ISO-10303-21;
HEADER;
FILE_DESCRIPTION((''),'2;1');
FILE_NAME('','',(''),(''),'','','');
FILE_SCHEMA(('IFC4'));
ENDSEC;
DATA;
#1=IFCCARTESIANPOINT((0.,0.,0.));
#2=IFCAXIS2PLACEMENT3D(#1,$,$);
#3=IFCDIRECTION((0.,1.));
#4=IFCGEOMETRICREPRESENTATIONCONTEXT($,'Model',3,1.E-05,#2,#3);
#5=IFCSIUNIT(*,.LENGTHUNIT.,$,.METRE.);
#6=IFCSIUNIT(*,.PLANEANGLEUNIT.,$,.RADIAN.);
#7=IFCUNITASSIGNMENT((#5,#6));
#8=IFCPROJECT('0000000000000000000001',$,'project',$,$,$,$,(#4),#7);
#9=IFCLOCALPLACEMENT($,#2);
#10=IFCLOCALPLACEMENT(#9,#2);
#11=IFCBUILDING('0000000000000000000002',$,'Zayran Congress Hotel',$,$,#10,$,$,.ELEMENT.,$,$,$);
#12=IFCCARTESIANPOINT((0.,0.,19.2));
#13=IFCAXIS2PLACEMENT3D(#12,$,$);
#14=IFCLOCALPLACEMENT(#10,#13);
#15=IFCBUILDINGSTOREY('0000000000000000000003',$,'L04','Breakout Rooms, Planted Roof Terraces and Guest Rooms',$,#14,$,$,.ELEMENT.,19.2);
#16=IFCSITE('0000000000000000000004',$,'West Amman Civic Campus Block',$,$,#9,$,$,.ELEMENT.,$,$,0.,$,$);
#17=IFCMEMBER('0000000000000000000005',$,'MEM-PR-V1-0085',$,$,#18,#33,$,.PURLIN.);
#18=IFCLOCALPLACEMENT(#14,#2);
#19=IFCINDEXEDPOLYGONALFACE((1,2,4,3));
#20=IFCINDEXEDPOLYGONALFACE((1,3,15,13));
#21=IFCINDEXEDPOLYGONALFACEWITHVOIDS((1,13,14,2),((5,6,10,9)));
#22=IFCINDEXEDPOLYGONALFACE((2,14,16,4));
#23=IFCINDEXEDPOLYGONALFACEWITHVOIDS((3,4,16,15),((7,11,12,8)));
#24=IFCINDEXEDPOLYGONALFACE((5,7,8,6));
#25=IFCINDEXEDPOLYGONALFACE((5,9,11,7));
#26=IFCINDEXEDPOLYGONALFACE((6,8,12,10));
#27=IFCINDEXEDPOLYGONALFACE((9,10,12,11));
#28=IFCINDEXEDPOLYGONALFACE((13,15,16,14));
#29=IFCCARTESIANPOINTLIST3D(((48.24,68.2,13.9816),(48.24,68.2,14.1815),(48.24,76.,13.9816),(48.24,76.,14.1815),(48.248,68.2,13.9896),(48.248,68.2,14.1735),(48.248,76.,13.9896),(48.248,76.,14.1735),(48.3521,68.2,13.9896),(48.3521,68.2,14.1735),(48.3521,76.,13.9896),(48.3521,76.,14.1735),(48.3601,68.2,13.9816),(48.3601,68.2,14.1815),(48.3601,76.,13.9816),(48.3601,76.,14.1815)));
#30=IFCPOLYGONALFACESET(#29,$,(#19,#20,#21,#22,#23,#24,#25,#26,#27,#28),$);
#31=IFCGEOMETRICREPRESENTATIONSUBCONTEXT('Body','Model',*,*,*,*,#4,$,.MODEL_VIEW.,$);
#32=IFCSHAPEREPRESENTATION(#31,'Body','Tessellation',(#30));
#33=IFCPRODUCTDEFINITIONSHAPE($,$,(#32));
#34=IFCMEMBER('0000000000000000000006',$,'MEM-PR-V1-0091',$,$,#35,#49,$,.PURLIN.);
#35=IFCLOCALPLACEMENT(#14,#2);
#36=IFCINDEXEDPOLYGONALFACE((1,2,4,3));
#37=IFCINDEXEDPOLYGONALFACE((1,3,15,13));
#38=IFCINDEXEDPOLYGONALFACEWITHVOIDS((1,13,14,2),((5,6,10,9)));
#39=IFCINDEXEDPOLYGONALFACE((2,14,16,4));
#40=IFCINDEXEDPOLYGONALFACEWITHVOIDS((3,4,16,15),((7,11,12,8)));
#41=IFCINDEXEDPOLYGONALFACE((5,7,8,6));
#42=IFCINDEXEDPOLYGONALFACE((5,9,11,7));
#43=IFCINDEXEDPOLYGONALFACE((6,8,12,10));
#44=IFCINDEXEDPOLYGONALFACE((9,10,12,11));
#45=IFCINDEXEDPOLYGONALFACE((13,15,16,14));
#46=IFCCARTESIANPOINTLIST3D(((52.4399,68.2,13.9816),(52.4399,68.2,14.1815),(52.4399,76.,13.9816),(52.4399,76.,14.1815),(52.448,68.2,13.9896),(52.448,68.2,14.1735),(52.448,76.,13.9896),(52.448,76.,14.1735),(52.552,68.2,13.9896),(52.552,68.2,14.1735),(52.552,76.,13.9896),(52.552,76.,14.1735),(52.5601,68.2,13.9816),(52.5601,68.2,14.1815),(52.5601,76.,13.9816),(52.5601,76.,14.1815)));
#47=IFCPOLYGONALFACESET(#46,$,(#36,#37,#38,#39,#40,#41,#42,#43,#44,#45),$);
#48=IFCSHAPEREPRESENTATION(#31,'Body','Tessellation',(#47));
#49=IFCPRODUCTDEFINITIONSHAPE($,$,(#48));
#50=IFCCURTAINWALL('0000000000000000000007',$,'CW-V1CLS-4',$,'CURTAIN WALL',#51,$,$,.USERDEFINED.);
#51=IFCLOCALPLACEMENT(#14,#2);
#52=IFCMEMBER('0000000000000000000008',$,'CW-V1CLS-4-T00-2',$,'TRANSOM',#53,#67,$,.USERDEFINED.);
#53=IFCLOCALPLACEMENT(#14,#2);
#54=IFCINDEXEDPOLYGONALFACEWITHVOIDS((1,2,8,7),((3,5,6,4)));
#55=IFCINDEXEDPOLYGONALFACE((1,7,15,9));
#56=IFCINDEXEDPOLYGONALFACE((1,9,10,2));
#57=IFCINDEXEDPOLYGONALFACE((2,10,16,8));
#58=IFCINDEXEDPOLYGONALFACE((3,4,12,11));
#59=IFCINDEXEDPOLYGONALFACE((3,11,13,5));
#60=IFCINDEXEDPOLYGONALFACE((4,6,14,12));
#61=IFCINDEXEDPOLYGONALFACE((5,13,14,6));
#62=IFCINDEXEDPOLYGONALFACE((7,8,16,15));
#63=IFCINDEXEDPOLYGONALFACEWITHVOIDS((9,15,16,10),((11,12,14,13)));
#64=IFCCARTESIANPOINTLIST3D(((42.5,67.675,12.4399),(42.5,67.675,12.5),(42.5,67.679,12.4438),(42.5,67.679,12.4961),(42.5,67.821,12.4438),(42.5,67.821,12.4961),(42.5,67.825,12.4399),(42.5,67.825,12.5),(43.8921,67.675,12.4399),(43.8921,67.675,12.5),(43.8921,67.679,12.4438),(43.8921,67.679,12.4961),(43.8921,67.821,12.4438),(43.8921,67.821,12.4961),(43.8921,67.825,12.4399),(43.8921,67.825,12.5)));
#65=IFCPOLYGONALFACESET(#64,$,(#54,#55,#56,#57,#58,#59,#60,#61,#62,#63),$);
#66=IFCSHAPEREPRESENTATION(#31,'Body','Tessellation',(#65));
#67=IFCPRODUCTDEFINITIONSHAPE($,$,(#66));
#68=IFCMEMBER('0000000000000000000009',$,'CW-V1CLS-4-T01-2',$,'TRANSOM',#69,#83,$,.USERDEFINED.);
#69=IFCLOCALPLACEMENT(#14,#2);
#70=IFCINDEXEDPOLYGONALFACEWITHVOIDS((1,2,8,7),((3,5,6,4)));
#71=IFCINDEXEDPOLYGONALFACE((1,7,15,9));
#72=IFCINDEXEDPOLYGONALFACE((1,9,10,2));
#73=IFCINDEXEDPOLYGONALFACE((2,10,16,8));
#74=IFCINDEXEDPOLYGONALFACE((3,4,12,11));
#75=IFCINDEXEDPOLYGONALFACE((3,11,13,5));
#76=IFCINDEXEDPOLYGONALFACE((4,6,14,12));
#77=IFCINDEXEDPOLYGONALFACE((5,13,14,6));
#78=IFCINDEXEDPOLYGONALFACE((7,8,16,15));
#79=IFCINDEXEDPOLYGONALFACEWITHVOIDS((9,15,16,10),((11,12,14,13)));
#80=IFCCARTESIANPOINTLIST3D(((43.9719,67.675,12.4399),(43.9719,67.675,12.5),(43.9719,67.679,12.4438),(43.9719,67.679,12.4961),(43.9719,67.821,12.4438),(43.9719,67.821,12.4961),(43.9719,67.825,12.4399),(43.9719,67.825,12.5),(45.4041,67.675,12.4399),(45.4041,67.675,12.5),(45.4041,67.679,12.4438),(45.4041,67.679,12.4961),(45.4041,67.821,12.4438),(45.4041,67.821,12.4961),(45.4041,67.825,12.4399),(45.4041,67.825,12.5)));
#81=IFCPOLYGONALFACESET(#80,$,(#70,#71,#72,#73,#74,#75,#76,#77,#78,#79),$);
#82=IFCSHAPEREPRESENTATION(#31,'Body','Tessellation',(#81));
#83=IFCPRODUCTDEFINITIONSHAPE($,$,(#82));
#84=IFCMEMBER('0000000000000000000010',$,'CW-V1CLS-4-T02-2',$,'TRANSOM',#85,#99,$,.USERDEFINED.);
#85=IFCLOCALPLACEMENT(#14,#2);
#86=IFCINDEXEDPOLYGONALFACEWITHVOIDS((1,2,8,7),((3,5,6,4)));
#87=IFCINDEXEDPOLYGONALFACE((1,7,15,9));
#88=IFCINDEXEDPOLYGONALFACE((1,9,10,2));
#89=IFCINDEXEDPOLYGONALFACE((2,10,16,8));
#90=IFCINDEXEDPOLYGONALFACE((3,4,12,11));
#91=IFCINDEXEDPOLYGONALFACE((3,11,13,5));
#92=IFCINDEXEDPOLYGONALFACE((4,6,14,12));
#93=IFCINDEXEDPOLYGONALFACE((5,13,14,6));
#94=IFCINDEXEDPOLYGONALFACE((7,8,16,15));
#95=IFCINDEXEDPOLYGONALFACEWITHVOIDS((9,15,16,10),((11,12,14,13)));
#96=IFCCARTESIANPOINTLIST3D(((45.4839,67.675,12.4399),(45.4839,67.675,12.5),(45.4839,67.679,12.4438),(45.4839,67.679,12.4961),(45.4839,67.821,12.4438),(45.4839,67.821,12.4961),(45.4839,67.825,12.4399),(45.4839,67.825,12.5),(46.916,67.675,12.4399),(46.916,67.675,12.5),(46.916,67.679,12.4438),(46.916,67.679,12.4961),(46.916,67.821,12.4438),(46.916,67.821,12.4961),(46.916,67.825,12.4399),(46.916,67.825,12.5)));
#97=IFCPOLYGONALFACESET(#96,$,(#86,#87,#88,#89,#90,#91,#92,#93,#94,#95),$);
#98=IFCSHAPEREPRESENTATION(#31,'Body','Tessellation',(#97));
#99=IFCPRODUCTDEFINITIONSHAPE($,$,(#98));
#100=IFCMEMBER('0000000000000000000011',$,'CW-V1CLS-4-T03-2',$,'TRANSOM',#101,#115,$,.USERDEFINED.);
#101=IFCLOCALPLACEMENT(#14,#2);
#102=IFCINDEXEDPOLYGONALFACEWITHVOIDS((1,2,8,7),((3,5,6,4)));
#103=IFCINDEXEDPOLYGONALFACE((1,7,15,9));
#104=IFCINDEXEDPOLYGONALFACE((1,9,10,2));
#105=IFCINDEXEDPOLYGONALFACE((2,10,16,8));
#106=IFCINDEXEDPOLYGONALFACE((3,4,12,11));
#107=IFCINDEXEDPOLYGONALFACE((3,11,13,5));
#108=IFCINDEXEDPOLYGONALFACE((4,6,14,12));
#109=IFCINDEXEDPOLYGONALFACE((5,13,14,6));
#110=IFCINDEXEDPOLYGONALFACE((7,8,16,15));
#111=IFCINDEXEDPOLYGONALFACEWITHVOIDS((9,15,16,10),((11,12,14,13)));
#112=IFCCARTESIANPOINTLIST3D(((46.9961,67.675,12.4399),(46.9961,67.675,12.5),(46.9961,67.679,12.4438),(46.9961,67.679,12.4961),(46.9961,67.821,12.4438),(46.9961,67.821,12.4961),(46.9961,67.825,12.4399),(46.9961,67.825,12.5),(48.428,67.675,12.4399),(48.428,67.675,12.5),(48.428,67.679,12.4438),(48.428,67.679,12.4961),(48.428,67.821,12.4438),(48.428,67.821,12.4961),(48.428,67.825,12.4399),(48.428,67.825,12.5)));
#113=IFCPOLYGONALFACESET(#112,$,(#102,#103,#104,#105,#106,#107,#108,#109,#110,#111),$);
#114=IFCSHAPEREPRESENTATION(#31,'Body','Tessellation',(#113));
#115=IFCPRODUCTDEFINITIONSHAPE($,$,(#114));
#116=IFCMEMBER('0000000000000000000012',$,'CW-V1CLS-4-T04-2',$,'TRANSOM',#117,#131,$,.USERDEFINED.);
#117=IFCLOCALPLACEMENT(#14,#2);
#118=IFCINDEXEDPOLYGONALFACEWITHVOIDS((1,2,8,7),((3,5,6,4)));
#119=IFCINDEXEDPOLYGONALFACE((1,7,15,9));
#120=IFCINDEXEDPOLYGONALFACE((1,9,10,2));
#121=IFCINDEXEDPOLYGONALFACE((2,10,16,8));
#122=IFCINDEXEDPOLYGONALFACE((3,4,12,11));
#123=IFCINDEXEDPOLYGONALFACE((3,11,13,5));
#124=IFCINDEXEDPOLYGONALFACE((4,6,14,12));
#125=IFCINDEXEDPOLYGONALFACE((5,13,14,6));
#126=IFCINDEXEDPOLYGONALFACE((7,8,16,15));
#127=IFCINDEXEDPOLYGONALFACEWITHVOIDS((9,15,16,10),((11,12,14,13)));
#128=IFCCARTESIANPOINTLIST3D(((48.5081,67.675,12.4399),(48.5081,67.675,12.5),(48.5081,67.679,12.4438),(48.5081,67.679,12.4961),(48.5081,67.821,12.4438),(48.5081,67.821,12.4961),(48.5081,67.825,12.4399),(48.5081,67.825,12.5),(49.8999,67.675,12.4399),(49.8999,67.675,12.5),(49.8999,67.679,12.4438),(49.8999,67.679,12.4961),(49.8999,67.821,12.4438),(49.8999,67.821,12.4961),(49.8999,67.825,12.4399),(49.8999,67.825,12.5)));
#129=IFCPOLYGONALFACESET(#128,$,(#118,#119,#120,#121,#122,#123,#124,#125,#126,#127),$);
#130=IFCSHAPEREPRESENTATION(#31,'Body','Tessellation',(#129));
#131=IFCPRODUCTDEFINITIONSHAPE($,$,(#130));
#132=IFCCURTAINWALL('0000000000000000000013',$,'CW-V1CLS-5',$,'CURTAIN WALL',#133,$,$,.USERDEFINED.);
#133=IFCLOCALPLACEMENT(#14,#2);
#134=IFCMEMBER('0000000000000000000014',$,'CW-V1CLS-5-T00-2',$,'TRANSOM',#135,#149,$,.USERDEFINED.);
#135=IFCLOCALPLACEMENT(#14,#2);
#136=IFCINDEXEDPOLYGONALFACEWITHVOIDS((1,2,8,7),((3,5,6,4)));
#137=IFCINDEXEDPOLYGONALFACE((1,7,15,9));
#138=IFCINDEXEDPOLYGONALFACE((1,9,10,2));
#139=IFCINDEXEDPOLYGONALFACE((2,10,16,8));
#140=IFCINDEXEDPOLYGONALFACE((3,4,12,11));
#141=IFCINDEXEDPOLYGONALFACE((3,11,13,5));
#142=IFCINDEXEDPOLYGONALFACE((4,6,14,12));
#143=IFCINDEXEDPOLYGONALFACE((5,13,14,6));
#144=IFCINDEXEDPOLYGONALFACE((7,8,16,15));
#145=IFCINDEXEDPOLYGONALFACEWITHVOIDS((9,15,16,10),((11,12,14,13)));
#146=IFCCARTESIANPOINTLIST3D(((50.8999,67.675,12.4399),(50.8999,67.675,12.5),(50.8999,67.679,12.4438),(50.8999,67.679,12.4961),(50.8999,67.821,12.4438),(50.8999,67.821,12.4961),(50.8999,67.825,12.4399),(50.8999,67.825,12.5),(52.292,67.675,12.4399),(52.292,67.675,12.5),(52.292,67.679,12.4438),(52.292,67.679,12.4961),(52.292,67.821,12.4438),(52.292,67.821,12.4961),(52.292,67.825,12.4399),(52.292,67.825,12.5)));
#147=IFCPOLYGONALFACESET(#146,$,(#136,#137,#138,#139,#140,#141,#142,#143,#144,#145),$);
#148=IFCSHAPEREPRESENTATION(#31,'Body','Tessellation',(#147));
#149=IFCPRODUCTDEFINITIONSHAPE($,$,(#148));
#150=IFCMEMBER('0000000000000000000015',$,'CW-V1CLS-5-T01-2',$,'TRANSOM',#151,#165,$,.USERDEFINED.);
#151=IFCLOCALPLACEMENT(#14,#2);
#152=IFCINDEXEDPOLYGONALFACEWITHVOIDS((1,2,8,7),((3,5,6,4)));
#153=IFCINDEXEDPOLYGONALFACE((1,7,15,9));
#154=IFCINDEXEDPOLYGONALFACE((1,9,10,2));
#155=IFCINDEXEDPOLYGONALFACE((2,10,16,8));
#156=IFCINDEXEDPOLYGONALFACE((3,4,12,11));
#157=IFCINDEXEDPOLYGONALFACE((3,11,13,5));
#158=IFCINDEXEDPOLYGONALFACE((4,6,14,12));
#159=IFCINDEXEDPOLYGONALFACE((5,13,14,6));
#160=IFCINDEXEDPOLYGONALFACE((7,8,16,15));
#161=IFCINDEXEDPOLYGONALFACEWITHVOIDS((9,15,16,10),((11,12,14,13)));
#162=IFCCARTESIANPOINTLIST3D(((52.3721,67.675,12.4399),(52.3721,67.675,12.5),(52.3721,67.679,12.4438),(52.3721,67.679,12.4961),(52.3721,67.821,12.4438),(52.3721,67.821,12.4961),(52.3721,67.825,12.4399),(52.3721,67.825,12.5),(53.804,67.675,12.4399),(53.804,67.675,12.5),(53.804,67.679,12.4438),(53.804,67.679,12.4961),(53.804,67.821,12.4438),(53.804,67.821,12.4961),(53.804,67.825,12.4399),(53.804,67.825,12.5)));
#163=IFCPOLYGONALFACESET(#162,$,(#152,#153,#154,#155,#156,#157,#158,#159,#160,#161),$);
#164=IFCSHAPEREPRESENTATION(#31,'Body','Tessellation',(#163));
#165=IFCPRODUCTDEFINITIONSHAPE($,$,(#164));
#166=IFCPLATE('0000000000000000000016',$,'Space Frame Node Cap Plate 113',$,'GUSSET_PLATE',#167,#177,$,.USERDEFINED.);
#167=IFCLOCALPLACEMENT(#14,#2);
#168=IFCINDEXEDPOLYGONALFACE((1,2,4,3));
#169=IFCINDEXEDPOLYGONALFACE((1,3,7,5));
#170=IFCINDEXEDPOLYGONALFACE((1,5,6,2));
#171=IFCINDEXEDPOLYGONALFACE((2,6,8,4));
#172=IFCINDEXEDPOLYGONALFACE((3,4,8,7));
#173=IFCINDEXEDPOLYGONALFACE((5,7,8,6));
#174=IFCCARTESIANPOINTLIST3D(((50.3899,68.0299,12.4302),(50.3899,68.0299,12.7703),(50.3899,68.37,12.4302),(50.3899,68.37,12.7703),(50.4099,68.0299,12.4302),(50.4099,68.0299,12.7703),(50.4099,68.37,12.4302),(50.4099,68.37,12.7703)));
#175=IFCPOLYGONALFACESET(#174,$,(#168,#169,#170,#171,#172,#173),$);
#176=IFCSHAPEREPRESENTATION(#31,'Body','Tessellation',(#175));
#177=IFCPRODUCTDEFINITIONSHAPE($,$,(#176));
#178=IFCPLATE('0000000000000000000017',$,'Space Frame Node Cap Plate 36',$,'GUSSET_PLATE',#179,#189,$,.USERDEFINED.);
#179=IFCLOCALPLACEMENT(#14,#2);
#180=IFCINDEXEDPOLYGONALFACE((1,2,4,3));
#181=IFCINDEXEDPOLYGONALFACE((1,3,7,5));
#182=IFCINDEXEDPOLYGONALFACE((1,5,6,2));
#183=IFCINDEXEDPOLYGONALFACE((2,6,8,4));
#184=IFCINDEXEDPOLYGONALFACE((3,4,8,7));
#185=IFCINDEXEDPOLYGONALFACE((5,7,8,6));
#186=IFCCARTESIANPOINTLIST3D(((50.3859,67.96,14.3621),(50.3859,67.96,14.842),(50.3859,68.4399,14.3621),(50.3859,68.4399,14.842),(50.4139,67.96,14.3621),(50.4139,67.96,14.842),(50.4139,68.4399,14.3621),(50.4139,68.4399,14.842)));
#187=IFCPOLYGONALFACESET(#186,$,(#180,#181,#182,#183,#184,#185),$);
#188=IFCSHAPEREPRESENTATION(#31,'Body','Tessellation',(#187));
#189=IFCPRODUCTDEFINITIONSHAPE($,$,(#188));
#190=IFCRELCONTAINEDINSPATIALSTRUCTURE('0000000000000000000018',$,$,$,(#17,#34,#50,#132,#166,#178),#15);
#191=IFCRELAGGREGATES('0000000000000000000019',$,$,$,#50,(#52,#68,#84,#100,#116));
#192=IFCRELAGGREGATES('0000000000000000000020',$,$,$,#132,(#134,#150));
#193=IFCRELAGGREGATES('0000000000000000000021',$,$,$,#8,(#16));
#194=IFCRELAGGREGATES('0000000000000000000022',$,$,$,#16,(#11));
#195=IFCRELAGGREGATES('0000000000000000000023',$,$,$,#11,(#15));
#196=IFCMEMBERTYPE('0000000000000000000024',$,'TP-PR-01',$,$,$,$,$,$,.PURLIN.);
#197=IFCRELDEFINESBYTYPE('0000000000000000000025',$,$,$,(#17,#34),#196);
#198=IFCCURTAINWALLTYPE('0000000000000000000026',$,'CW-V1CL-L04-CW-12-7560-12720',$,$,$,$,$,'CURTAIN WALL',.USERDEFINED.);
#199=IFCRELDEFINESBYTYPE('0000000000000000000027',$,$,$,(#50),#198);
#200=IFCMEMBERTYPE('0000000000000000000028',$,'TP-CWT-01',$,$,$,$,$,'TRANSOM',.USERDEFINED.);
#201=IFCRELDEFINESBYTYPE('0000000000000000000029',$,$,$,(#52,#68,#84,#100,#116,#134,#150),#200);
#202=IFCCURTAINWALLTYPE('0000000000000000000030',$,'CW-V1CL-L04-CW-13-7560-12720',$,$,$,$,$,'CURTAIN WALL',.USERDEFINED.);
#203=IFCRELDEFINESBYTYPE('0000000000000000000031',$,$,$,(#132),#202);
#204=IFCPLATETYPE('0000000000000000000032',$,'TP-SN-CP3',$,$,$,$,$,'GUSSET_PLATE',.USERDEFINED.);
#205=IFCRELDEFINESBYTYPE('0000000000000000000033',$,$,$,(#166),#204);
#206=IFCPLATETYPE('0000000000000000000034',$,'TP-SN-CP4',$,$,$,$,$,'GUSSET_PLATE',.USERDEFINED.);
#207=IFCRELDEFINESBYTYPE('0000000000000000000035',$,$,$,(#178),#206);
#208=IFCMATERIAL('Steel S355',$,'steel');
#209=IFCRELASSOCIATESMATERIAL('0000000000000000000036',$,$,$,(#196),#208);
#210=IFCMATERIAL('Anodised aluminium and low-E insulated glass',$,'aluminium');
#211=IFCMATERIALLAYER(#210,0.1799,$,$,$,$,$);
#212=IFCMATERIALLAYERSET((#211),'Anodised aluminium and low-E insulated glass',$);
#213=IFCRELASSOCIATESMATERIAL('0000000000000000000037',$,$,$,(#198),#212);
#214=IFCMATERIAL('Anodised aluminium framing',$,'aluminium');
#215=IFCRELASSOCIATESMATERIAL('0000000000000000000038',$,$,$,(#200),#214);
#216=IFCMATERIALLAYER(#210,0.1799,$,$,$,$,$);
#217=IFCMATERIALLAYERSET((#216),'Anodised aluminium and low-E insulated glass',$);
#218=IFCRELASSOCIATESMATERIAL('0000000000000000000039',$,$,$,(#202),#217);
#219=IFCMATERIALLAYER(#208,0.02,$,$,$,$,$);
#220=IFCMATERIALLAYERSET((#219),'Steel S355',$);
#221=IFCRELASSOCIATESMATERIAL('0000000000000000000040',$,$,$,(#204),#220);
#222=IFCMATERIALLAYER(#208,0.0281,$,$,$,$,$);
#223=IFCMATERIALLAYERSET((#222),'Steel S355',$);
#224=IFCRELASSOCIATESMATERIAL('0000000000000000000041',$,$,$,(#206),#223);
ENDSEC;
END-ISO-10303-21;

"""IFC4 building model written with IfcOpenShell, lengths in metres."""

from ifc_helpers import new_model, si_unit, direction, frame, origin, origin_2d, place, context, subcontext, project, spatial, rectangle, hollow_rectangle, extrude, material, layer, layer_set, material_profile, profile_set, type_object, element, aggregate, save


model = new_model("IFC4")

# Units and contexts
model_context = context("Model", 3, precision=1e-05, world=origin(), true_north=direction((0.0, 1.0)))
body_context = subcontext(model_context, "Body", "Model", "MODEL_VIEW")
ifc_project = project(units=[si_unit("LENGTHUNIT", "METRE"), si_unit("PLANEANGLEUNIT", "RADIAN")], contexts=[model_context])

# Site, building, storey
site_placement = place(None, origin())
site = spatial("IfcSite", under=ifc_project, at=site_placement, Name="West Amman Civic Campus Block", CompositionType="ELEMENT", RefElevation=0.0)
building_placement = place(site_placement, origin())
building = spatial("IfcBuilding", under=site, at=building_placement, Name="Zayran Congress Hotel", CompositionType="ELEMENT")
storey_placement = place(building_placement, frame((0.0, 0.0, 19.2)))
storey = spatial("IfcBuildingStorey", under=building, at=storey_placement, Name="L04", Description="Breakout Rooms, Planted Roof Terraces and Guest Rooms", CompositionType="ELEMENT", Elevation=19.2)

# Members
ifc_material_1 = material(Name="Steel S355", Category="steel")
ifc_material_profile_1 = material_profile(ifc_material_1, hollow_rectangle(XDim=0.1201, YDim=0.2, WallThickness=0.0081, at=origin_2d()), Name="RHS 200x120x8")
ifc_profile_set_1 = profile_set([ifc_material_profile_1], Name="Steel S355")
member_type_1 = type_object("IfcMemberType", Name="TP-PR-01", PredefinedType="PURLIN", material=ifc_profile_set_1)
for number, where, z_axis, x_axis, name in (
    (1, (48.3, 68.2, 14.0815), (0.0, 1.0, 0.0), (-1.0, 0.0, 0.0), "MEM-PR-V1-0085"),
    (2, (52.5, 68.2, 14.0815), (0.0, 1.0, 0.0), (-1.0, 0.0, 0.0), "MEM-PR-V1-0091"),
):
    element("IfcMember", number, at=place(storey_placement, frame(where, z_axis=z_axis, x_axis=x_axis)), inside=storey, type_object=member_type_1, Name=name, PredefinedType="PURLIN", context=body_context, shape_type="SweptSolid", body=[
        extrude(hollow_rectangle(XDim=0.1201, YDim=0.2, WallThickness=0.0081, at=origin_2d()), origin(), (0.0, 0.0, 1.0), 7.8),
    ])

# Curtain walls, members
ifc_material_2 = material(Name="Anodised aluminium and low-E insulated glass", Category="aluminium")
ifc_layer_1 = layer(ifc_material_2, 0.1799)
ifc_layer_set_1 = layer_set([ifc_layer_1], Name="Anodised aluminium and low-E insulated glass")
curtain_wall_type_1 = type_object("IfcCurtainWallType", Name="CW-V1CL-L04-CW-12-7560-12720", ElementType="CURTAIN WALL", PredefinedType="USERDEFINED", material=ifc_layer_set_1)
curtain_wall_1_placement = place(storey_placement, origin())
curtain_wall_1 = element("IfcCurtainWall", 3, at=curtain_wall_1_placement, inside=storey, type_object=curtain_wall_type_1, Name="CW-V1CLS-4", ObjectType="CURTAIN WALL", PredefinedType="USERDEFINED")
ifc_material_3 = material(Name="Anodised aluminium framing", Category="aluminium")
ifc_material_profile_2 = material_profile(ifc_material_3, hollow_rectangle(XDim=0.0601, YDim=0.1499, WallThickness=0.0039, at=origin_2d()), Name="RHS 150x60x4")
ifc_profile_set_2 = profile_set([ifc_material_profile_2], Name="Anodised aluminium framing")
member_type_2 = type_object("IfcMemberType", Name="TP-CWT-01", ElementType="TRANSOM", PredefinedType="USERDEFINED", material=ifc_profile_set_2)
member_1_placement = place(storey_placement, frame((42.5, 67.75, 12.47), z_axis=(1.0, 0.0, 0.0), x_axis=(0.0, 0.0, 1.0)))
member_1 = element("IfcMember", 4, at=member_1_placement, type_object=member_type_2, Name="CW-V1CLS-4-T00-2", ObjectType="TRANSOM", PredefinedType="USERDEFINED", context=body_context, shape_type="SweptSolid", body=[
    extrude(hollow_rectangle(XDim=0.0601, YDim=0.1499, WallThickness=0.0039, at=origin_2d()), origin(), (0.0, 0.0, 1.0), 1.3921),
])
member_2_placement = place(storey_placement, frame((43.9719, 67.75, 12.47), z_axis=(1.0, 0.0, 0.0), x_axis=(0.0, 0.0, 1.0)))
member_2 = element("IfcMember", 5, at=member_2_placement, type_object=member_type_2, Name="CW-V1CLS-4-T01-2", ObjectType="TRANSOM", PredefinedType="USERDEFINED", context=body_context, shape_type="SweptSolid", body=[
    extrude(hollow_rectangle(XDim=0.0601, YDim=0.1499, WallThickness=0.0039, at=origin_2d()), origin(), (0.0, 0.0, 1.0), 1.4321),
])
member_3_placement = place(storey_placement, frame((45.4839, 67.75, 12.47), z_axis=(1.0, 0.0, 0.0), x_axis=(0.0, 0.0, 1.0)))
member_3 = element("IfcMember", 6, at=member_3_placement, type_object=member_type_2, Name="CW-V1CLS-4-T02-2", ObjectType="TRANSOM", PredefinedType="USERDEFINED", context=body_context, shape_type="SweptSolid", body=[
    extrude(hollow_rectangle(XDim=0.0601, YDim=0.1499, WallThickness=0.0039, at=origin_2d()), origin(), (0.0, 0.0, 1.0), 1.4321),
])
member_4_placement = place(storey_placement, frame((46.9961, 67.75, 12.47), z_axis=(1.0, 0.0, 0.0), x_axis=(0.0, 0.0, 1.0)))
member_4 = element("IfcMember", 7, at=member_4_placement, type_object=member_type_2, Name="CW-V1CLS-4-T03-2", ObjectType="TRANSOM", PredefinedType="USERDEFINED", context=body_context, shape_type="SweptSolid", body=[
    extrude(hollow_rectangle(XDim=0.0601, YDim=0.1499, WallThickness=0.0039, at=origin_2d()), origin(), (0.0, 0.0, 1.0), 1.4319),
])
member_5_placement = place(storey_placement, frame((48.5081, 67.75, 12.47), z_axis=(1.0, 0.0, 0.0), x_axis=(0.0, 0.0, 1.0)))
member_5 = element("IfcMember", 8, at=member_5_placement, type_object=member_type_2, Name="CW-V1CLS-4-T04-2", ObjectType="TRANSOM", PredefinedType="USERDEFINED", context=body_context, shape_type="SweptSolid", body=[
    extrude(hollow_rectangle(XDim=0.0601, YDim=0.1499, WallThickness=0.0039, at=origin_2d()), origin(), (0.0, 0.0, 1.0), 1.3918),
])
aggregate(curtain_wall_1, [member_1, member_2, member_3, member_4, member_5])
ifc_layer_2 = layer(ifc_material_2, 0.1799)
ifc_layer_set_2 = layer_set([ifc_layer_2], Name="Anodised aluminium and low-E insulated glass")
curtain_wall_type_2 = type_object("IfcCurtainWallType", Name="CW-V1CL-L04-CW-13-7560-12720", ElementType="CURTAIN WALL", PredefinedType="USERDEFINED", material=ifc_layer_set_2)
curtain_wall_2_placement = place(storey_placement, origin())
curtain_wall_2 = element("IfcCurtainWall", 9, at=curtain_wall_2_placement, inside=storey, type_object=curtain_wall_type_2, Name="CW-V1CLS-5", ObjectType="CURTAIN WALL", PredefinedType="USERDEFINED")
member_6_placement = place(storey_placement, frame((50.8999, 67.75, 12.47), z_axis=(1.0, 0.0, 0.0), x_axis=(0.0, 0.0, 1.0)))
member_6 = element("IfcMember", 10, at=member_6_placement, type_object=member_type_2, Name="CW-V1CLS-5-T00-2", ObjectType="TRANSOM", PredefinedType="USERDEFINED", context=body_context, shape_type="SweptSolid", body=[
    extrude(hollow_rectangle(XDim=0.0601, YDim=0.1499, WallThickness=0.0039, at=origin_2d()), origin(), (0.0, 0.0, 1.0), 1.3921),
])
member_7_placement = place(storey_placement, frame((52.3721, 67.75, 12.47), z_axis=(1.0, 0.0, 0.0), x_axis=(0.0, 0.0, 1.0)))
member_7 = element("IfcMember", 11, at=member_7_placement, type_object=member_type_2, Name="CW-V1CLS-5-T01-2", ObjectType="TRANSOM", PredefinedType="USERDEFINED", context=body_context, shape_type="SweptSolid", body=[
    extrude(hollow_rectangle(XDim=0.0601, YDim=0.1499, WallThickness=0.0039, at=origin_2d()), origin(), (0.0, 0.0, 1.0), 1.4319),
])
aggregate(curtain_wall_2, [member_6, member_7])

# Plates
ifc_layer_3 = layer(ifc_material_1, 0.02)
ifc_layer_set_3 = layer_set([ifc_layer_3], Name="Steel S355")
plate_type_1 = type_object("IfcPlateType", Name="TP-SN-CP3", ElementType="GUSSET_PLATE", PredefinedType="USERDEFINED", material=ifc_layer_set_3)
plate_1_placement = place(storey_placement, frame((50.3999, 68.2, 12.4302), z_axis=(0.0, 0.0, 1.0), x_axis=(0.0, 1.0, 0.0)))
element("IfcPlate", 12, at=plate_1_placement, inside=storey, type_object=plate_type_1, Name="Space Frame Node Cap Plate 113", ObjectType="GUSSET_PLATE", PredefinedType="USERDEFINED", context=body_context, shape_type="SweptSolid", body=[
    extrude(rectangle(XDim=0.3401, YDim=0.02, at=origin_2d()), origin(), (0.0, 0.0, 1.0), 0.3401),
])
ifc_layer_4 = layer(ifc_material_1, 0.0281)
ifc_layer_set_4 = layer_set([ifc_layer_4], Name="Steel S355")
plate_type_2 = type_object("IfcPlateType", Name="TP-SN-CP4", ElementType="GUSSET_PLATE", PredefinedType="USERDEFINED", material=ifc_layer_set_4)
plate_2_placement = place(storey_placement, frame((50.3999, 68.2, 14.3621), z_axis=(0.0, 0.0, 1.0), x_axis=(0.0, 1.0, 0.0)))
element("IfcPlate", 13, at=plate_2_placement, inside=storey, type_object=plate_type_2, Name="Space Frame Node Cap Plate 36", ObjectType="GUSSET_PLATE", PredefinedType="USERDEFINED", context=body_context, shape_type="SweptSolid", body=[
    extrude(rectangle(XDim=0.48, YDim=0.0281, at=origin_2d()), origin(), (0.0, 0.0, 1.0), 0.48),
])

save(model, "model.ifc")
